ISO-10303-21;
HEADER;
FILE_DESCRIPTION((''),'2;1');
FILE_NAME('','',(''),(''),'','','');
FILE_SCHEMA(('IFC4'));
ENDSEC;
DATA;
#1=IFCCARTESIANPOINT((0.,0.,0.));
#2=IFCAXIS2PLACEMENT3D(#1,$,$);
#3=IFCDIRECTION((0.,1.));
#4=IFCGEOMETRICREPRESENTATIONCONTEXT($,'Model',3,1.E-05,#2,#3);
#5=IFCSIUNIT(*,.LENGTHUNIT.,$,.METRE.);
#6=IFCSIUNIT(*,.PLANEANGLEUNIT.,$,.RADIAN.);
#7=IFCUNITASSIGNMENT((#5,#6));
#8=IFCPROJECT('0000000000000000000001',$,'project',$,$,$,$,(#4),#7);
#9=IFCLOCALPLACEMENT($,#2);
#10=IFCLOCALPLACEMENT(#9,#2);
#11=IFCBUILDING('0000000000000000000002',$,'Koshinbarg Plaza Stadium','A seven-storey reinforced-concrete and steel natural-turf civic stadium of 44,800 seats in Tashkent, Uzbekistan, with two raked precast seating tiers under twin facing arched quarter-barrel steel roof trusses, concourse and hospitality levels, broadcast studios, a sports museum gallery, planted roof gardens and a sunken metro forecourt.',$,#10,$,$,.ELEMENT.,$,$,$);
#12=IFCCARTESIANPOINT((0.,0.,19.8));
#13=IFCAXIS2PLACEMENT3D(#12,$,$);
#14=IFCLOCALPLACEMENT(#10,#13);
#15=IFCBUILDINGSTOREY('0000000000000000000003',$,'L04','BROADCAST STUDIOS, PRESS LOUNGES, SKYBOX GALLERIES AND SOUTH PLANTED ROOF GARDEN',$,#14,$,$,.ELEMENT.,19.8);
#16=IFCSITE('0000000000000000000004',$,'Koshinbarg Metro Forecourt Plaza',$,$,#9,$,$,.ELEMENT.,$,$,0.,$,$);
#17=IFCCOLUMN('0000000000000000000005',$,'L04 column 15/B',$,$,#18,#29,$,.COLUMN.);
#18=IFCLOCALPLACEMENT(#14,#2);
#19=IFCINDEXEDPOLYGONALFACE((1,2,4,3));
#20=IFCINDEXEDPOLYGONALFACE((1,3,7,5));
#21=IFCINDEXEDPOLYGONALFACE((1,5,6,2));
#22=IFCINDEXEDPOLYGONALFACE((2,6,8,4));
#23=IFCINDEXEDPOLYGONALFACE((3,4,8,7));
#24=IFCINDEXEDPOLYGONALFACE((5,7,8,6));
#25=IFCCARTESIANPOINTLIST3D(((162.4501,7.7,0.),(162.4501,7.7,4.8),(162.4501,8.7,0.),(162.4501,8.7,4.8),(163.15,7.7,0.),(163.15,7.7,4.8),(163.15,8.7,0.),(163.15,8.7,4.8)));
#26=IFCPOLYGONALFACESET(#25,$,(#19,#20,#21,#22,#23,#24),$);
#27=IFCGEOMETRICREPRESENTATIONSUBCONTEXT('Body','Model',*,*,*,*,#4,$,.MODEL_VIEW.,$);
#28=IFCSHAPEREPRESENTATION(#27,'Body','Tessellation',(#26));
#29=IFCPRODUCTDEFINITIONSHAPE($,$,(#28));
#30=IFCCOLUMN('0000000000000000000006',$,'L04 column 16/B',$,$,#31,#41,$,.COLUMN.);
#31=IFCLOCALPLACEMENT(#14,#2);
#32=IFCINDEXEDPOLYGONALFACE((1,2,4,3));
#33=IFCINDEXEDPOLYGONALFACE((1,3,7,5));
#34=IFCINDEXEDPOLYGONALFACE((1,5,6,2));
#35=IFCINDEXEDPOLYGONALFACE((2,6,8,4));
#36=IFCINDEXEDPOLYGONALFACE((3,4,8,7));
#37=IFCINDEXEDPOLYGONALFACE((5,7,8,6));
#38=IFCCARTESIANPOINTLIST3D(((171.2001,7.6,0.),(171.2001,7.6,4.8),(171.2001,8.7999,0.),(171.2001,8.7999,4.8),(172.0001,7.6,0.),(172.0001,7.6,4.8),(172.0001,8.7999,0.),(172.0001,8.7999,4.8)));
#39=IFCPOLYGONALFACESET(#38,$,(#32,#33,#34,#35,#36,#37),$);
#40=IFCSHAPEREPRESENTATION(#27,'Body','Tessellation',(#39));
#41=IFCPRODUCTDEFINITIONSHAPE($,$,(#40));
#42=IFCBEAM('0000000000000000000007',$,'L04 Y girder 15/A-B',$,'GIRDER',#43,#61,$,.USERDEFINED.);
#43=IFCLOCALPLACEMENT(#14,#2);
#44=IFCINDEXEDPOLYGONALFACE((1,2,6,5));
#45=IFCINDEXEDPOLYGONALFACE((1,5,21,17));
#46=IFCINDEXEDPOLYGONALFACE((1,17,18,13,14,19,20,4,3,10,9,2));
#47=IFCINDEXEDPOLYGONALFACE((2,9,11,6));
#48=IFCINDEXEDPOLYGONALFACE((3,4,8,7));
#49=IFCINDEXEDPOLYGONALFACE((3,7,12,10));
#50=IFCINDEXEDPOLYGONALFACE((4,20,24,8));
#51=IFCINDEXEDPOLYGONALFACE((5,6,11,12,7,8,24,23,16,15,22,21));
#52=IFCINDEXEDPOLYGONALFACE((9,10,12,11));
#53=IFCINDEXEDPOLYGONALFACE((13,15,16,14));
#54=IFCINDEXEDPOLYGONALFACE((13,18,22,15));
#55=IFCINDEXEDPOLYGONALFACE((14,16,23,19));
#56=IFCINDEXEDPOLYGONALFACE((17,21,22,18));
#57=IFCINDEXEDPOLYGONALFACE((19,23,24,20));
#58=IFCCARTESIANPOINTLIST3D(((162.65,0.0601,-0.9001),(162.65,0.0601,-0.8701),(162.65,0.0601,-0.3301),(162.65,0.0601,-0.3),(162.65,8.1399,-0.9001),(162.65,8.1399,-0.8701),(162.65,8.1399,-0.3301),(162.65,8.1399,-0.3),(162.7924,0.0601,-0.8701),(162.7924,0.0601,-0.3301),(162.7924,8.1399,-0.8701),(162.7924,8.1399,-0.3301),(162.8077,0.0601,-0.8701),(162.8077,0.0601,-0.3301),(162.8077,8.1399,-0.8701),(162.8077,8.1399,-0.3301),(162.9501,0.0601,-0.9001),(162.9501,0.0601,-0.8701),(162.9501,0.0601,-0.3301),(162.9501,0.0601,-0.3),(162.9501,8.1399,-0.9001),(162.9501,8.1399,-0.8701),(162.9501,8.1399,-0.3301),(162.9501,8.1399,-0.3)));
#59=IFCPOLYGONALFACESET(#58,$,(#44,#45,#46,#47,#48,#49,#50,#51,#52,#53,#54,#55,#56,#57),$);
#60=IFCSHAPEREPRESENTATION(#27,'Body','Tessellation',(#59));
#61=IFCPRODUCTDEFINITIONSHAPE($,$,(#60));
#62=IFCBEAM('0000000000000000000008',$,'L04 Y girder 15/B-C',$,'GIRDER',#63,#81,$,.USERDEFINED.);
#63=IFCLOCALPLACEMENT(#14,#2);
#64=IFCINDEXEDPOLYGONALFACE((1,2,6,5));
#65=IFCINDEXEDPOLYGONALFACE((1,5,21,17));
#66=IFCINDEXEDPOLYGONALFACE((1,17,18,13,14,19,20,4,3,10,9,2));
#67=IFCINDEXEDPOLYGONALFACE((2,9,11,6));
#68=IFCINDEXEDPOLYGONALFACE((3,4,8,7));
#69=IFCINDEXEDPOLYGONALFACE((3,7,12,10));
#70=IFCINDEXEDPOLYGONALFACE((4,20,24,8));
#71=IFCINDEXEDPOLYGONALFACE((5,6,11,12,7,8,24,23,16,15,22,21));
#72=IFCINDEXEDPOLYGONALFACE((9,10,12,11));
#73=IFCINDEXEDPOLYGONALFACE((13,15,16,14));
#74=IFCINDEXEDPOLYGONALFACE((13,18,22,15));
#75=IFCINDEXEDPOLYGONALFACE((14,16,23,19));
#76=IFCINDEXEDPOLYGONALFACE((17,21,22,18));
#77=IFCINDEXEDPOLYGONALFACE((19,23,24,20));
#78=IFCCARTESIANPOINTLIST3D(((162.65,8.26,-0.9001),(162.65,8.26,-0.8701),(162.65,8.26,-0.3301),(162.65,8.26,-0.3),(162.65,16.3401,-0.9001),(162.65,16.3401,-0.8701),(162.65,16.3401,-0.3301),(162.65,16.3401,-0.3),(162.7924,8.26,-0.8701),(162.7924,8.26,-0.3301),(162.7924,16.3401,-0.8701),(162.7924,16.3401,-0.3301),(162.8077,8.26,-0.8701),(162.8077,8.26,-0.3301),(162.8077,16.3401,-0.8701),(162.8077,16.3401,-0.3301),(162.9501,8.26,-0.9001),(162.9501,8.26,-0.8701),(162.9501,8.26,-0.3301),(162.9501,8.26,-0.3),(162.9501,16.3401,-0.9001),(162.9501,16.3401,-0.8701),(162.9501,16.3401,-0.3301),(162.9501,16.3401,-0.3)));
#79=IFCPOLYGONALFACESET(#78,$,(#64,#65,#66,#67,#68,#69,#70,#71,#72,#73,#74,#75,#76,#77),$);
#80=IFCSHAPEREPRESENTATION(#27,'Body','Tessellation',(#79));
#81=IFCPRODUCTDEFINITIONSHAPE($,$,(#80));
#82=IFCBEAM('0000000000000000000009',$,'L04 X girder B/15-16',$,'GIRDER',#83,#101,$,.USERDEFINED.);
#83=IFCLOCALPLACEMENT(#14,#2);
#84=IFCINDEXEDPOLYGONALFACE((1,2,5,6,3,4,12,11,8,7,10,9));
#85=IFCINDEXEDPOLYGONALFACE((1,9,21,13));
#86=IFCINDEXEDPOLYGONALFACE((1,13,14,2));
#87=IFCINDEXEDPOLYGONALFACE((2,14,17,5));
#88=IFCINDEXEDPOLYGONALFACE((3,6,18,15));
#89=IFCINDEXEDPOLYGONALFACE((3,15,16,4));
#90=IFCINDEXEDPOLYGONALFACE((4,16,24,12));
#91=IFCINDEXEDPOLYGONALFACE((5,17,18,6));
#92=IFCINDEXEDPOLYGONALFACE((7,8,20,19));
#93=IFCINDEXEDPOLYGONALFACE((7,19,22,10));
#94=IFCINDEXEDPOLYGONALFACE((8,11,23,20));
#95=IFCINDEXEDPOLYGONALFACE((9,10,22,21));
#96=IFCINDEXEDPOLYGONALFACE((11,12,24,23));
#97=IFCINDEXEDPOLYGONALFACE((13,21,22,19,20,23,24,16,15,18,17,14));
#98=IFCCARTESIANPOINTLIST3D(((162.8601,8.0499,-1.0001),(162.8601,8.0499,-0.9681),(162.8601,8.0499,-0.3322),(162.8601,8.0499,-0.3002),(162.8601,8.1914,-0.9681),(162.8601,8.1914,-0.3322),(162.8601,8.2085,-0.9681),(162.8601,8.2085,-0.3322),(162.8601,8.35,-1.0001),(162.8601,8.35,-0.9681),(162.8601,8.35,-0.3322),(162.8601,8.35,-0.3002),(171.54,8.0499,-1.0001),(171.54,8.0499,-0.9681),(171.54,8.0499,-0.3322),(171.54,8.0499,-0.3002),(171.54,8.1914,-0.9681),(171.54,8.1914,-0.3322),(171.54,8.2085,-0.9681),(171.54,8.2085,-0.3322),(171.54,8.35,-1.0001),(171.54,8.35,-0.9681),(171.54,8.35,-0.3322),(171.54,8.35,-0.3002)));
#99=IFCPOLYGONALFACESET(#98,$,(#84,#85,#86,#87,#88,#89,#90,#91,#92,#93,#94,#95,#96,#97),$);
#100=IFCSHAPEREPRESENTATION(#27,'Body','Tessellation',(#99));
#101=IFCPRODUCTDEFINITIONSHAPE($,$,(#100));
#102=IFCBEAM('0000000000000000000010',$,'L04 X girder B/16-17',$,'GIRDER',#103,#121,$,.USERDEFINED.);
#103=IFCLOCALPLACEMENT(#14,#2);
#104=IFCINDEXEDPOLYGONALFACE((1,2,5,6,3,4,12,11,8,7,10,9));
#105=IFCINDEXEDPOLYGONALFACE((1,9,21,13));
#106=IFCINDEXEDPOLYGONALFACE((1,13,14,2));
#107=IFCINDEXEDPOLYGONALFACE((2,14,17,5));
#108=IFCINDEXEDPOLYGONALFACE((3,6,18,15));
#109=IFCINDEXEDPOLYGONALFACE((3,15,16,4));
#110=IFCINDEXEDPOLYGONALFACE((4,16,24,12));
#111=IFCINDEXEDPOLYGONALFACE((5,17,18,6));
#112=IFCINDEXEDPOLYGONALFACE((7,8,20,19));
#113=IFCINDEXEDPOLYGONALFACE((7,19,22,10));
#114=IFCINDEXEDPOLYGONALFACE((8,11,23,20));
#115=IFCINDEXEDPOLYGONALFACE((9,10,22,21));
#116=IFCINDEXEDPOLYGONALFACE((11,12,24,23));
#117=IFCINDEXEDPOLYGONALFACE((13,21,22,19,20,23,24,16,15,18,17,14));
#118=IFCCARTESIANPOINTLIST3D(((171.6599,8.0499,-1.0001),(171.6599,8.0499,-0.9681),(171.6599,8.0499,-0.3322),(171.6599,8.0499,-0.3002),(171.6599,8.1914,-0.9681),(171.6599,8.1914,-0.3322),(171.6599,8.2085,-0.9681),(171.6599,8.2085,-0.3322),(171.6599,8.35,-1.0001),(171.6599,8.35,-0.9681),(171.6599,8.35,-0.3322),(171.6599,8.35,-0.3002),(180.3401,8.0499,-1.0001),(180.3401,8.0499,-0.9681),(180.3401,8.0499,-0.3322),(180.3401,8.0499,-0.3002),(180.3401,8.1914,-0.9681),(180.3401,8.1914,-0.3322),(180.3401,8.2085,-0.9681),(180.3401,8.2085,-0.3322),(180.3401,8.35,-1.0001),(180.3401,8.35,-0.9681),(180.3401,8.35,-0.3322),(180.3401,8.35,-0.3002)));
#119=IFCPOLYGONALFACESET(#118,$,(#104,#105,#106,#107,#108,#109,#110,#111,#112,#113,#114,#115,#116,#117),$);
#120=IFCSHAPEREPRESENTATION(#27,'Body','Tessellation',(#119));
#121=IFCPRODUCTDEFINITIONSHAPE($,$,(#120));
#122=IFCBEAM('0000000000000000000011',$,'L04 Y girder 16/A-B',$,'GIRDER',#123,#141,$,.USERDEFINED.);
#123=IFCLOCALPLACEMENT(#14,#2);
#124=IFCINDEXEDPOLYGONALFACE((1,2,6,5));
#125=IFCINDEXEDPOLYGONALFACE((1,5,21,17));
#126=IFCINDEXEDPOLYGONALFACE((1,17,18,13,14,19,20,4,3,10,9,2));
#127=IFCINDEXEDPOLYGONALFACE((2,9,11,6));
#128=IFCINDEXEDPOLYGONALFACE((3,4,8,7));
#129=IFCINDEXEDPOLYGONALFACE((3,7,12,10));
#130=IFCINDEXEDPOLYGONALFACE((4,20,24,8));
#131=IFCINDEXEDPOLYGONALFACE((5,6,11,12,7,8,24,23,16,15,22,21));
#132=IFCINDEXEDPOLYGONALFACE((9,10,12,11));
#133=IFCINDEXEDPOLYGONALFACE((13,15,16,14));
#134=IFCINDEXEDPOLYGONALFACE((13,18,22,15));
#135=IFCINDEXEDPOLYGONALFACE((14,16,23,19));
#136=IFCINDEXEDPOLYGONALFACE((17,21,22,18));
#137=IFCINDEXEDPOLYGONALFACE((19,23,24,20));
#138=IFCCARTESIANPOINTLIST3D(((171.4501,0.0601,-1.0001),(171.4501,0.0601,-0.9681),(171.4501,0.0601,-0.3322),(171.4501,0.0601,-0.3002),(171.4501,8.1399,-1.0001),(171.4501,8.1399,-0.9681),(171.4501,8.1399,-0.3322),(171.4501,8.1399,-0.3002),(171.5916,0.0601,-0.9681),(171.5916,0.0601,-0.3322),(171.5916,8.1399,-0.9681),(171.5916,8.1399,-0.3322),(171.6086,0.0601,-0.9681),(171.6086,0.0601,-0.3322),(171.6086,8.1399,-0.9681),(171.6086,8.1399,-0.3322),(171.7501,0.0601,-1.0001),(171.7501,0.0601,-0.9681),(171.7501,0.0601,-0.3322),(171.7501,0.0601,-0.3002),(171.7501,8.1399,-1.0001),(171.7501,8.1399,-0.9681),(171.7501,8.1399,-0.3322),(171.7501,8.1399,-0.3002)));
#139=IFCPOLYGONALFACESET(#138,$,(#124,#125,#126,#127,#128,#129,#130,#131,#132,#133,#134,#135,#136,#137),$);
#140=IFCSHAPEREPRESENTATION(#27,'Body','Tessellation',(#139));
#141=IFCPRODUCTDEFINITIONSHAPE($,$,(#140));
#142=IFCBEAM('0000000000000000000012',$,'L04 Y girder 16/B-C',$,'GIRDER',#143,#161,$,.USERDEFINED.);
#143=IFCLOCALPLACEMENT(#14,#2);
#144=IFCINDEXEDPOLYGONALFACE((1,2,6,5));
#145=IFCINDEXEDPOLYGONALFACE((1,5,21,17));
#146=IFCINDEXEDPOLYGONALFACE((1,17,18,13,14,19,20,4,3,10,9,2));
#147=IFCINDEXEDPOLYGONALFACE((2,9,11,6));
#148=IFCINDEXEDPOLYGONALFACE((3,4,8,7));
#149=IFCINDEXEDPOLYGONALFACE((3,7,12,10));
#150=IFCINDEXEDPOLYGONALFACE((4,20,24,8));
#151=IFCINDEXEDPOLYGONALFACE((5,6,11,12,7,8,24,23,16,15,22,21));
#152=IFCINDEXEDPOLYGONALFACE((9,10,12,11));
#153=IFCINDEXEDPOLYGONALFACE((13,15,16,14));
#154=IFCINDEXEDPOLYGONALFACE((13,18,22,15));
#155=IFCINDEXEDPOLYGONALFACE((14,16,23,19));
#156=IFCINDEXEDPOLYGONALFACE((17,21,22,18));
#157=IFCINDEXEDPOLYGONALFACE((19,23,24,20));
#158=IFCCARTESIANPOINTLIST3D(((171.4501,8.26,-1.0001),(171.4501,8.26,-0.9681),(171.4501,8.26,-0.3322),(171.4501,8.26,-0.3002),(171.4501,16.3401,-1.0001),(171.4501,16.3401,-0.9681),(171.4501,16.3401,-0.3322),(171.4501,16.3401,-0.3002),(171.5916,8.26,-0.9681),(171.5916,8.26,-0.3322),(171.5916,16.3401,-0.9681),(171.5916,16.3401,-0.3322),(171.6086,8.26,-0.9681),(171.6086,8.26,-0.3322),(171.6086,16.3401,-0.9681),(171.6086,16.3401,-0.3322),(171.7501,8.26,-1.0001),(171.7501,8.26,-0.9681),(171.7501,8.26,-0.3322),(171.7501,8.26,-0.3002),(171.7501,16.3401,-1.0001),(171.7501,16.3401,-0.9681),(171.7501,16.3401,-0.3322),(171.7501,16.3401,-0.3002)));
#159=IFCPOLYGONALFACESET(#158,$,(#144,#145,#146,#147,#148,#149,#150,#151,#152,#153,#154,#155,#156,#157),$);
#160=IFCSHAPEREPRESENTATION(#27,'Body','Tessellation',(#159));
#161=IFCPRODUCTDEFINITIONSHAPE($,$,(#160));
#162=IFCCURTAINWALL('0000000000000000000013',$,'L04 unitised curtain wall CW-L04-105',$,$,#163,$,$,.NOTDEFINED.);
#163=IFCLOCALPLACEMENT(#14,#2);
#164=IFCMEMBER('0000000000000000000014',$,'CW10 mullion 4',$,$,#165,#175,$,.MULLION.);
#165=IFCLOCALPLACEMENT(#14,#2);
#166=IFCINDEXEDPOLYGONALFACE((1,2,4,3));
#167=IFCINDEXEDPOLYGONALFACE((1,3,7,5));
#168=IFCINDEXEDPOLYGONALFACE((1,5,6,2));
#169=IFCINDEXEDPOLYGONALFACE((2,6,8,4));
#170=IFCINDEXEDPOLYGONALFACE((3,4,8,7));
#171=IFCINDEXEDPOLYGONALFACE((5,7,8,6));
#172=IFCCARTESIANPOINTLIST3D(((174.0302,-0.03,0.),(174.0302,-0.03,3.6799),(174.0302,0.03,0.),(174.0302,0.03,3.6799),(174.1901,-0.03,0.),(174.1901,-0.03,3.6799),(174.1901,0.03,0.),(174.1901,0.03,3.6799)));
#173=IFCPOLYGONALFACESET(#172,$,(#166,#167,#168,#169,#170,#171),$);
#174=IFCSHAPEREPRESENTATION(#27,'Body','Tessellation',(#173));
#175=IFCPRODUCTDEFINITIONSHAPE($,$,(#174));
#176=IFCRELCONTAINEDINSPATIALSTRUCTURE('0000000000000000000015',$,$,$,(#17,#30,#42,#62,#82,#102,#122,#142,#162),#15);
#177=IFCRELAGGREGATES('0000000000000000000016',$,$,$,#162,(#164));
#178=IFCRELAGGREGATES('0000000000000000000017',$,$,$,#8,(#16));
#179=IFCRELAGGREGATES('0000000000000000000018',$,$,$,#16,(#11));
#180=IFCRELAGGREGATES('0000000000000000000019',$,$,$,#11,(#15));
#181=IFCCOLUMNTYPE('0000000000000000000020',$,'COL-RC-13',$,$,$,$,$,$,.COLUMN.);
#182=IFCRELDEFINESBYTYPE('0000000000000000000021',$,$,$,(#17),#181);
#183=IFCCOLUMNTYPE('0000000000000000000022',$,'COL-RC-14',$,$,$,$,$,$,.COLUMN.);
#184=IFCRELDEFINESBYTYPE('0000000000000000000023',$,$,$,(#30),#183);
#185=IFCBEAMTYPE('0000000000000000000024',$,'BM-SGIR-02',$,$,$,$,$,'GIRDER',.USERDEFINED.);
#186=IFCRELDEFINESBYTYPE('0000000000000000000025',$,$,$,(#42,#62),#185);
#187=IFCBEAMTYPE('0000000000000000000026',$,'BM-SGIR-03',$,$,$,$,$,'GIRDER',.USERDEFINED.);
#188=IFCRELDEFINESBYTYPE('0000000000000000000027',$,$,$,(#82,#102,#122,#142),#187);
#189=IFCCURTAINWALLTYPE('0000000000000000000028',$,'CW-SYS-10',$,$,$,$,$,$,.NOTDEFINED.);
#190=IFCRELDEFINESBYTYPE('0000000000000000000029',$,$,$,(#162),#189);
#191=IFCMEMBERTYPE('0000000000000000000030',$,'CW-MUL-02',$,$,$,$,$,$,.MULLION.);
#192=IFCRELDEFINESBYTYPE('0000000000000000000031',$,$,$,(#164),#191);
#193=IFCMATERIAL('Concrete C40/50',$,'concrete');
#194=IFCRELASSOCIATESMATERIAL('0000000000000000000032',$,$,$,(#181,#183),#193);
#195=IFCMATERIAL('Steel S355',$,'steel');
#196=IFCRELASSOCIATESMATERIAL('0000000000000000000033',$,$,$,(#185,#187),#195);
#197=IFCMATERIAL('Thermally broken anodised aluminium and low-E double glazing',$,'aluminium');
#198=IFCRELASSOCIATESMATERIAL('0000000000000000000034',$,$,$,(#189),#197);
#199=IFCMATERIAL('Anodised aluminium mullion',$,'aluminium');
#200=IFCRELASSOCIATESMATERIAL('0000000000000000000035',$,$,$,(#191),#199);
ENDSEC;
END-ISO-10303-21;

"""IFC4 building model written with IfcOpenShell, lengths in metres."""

from ifc_helpers import new_model, si_unit, direction, frame, origin, origin_2d, place, context, subcontext, project, spatial, rectangle, i_section, extrude, material, material_profile, profile_set, type_object, element, aggregate, save


model = new_model("IFC4")

# Units and contexts
model_context = context("Model", 3, precision=1e-05, world=origin(), true_north=direction((0.0, 1.0)))
body_context = subcontext(model_context, "Body", "Model", "MODEL_VIEW")
ifc_project = project(units=[si_unit("LENGTHUNIT", "METRE"), si_unit("PLANEANGLEUNIT", "RADIAN")], contexts=[model_context])

# Site, building, storey
site_placement = place(None, origin())
site = spatial("IfcSite", under=ifc_project, at=site_placement, Name="Koshinbarg Metro Forecourt Plaza", CompositionType="ELEMENT", RefElevation=0.0)
building_placement = place(site_placement, origin())
building = spatial("IfcBuilding", under=site, at=building_placement, Name="Koshinbarg Plaza Stadium", Description="A seven-storey reinforced-concrete and steel natural-turf civic stadium of 44,800 seats in Tashkent, Uzbekistan, with two raked precast seating tiers under twin facing arched quarter-barrel steel roof trusses, concourse and hospitality levels, broadcast studios, a sports museum gallery, planted roof gardens and a sunken metro forecourt.", CompositionType="ELEMENT")
storey_placement = place(building_placement, frame((0.0, 0.0, 19.8)))
storey = spatial("IfcBuildingStorey", under=building, at=storey_placement, Name="L04", Description="BROADCAST STUDIOS, PRESS LOUNGES, SKYBOX GALLERIES AND SOUTH PLANTED ROOF GARDEN", CompositionType="ELEMENT", Elevation=19.8)

# Columns
ifc_material_1 = material(Name="Concrete C40/50", Category="concrete")
ifc_material_profile_1 = material_profile(ifc_material_1, rectangle(XDim=0.7, YDim=1.0, at=origin_2d()), Name="RC 700x1000")
ifc_profile_set_1 = profile_set([ifc_material_profile_1], Name="Concrete C40/50")
column_type_1 = type_object("IfcColumnType", Name="COL-RC-13", PredefinedType="COLUMN", material=ifc_profile_set_1)
column_1_placement = place(storey_placement, frame((162.8, 8.2, 0.0), z_axis=(0.0, 0.0, 1.0), x_axis=(1.0, 0.0, 0.0)))
element("IfcColumn", 1, at=column_1_placement, inside=storey, type_object=column_type_1, Name="L04 column 15/B", PredefinedType="COLUMN", context=body_context, shape_type="SweptSolid", body=[
    extrude(rectangle(XDim=0.7, YDim=1.0, at=origin_2d()), origin(), (0.0, 0.0, 1.0), 4.8),
])
ifc_material_profile_2 = material_profile(ifc_material_1, rectangle(XDim=0.8, YDim=1.2, at=origin_2d()), Name="RC 800x1200")
ifc_profile_set_2 = profile_set([ifc_material_profile_2], Name="Concrete C40/50")
column_type_2 = type_object("IfcColumnType", Name="COL-RC-14", PredefinedType="COLUMN", material=ifc_profile_set_2)
column_2_placement = place(storey_placement, frame((171.6001, 8.2, 0.0), z_axis=(0.0, 0.0, 1.0), x_axis=(1.0, 0.0, 0.0)))
element("IfcColumn", 2, at=column_2_placement, inside=storey, type_object=column_type_2, Name="L04 column 16/B", PredefinedType="COLUMN", context=body_context, shape_type="SweptSolid", body=[
    extrude(rectangle(XDim=0.8, YDim=1.2, at=origin_2d()), origin(), (0.0, 0.0, 1.0), 4.8),
])

# Beams
ifc_material_2 = material(Name="Steel S355", Category="steel")
ifc_material_profile_3 = material_profile(ifc_material_2, i_section(OverallWidth=0.3, OverallDepth=0.6001, WebThickness=0.0154, FlangeThickness=0.03, at=origin_2d()), Name="HEB 600")
ifc_profile_set_3 = profile_set([ifc_material_profile_3], Name="Steel S355")
beam_type_1 = type_object("IfcBeamType", Name="BM-SGIR-02", ElementType="GIRDER", PredefinedType="USERDEFINED", material=ifc_profile_set_3)
beam_1_placement = place(storey_placement, frame((162.8, 0.0601, -0.6001), z_axis=(0.0, 1.0, 0.0), x_axis=(-1.0, 0.0, 0.0)))
element("IfcBeam", 3, at=beam_1_placement, inside=storey, type_object=beam_type_1, Name="L04 Y girder 15/A-B", ObjectType="GIRDER", PredefinedType="USERDEFINED", context=body_context, shape_type="SweptSolid", body=[
    extrude(i_section(OverallWidth=0.3, OverallDepth=0.6001, WebThickness=0.0154, FlangeThickness=0.03, at=origin_2d()), origin(), (0.0, 0.0, 1.0), 8.0798),
])
beam_2_placement = place(storey_placement, frame((162.8, 8.26, -0.6001), z_axis=(0.0, 1.0, 0.0), x_axis=(-1.0, 0.0, 0.0)))
element("IfcBeam", 4, at=beam_2_placement, inside=storey, type_object=beam_type_1, Name="L04 Y girder 15/B-C", ObjectType="GIRDER", PredefinedType="USERDEFINED", context=body_context, shape_type="SweptSolid", body=[
    extrude(i_section(OverallWidth=0.3, OverallDepth=0.6001, WebThickness=0.0154, FlangeThickness=0.03, at=origin_2d()), origin(), (0.0, 0.0, 1.0), 8.0801),
])
ifc_material_profile_4 = material_profile(ifc_material_2, i_section(OverallWidth=0.3, OverallDepth=0.7, WebThickness=0.0171, FlangeThickness=0.032, at=origin_2d()), Name="HEB 700")
ifc_profile_set_4 = profile_set([ifc_material_profile_4], Name="Steel S355")
beam_type_2 = type_object("IfcBeamType", Name="BM-SGIR-03", ElementType="GIRDER", PredefinedType="USERDEFINED", material=ifc_profile_set_4)
beam_3_placement = place(storey_placement, frame((162.8601, 8.2, -0.6501), z_axis=(1.0, 0.0, 0.0), x_axis=(0.0, 1.0, 0.0)))
element("IfcBeam", 5, at=beam_3_placement, inside=storey, type_object=beam_type_2, Name="L04 X girder B/15-16", ObjectType="GIRDER", PredefinedType="USERDEFINED", context=body_context, shape_type="SweptSolid", body=[
    extrude(i_section(OverallWidth=0.3, OverallDepth=0.7, WebThickness=0.0171, FlangeThickness=0.032, at=origin_2d()), origin(), (0.0, 0.0, 1.0), 8.6799),
])
beam_4_placement = place(storey_placement, frame((171.6599, 8.2, -0.6501), z_axis=(1.0, 0.0, 0.0), x_axis=(0.0, 1.0, 0.0)))
element("IfcBeam", 6, at=beam_4_placement, inside=storey, type_object=beam_type_2, Name="L04 X girder B/16-17", ObjectType="GIRDER", PredefinedType="USERDEFINED", context=body_context, shape_type="SweptSolid", body=[
    extrude(i_section(OverallWidth=0.3, OverallDepth=0.7, WebThickness=0.0171, FlangeThickness=0.032, at=origin_2d()), origin(), (0.0, 0.0, 1.0), 8.6802),
])
beam_5_placement = place(storey_placement, frame((171.6001, 0.0601, -0.6501), z_axis=(0.0, 1.0, 0.0), x_axis=(-1.0, 0.0, 0.0)))
element("IfcBeam", 7, at=beam_5_placement, inside=storey, type_object=beam_type_2, Name="L04 Y girder 16/A-B", ObjectType="GIRDER", PredefinedType="USERDEFINED", context=body_context, shape_type="SweptSolid", body=[
    extrude(i_section(OverallWidth=0.3, OverallDepth=0.7, WebThickness=0.0171, FlangeThickness=0.032, at=origin_2d()), origin(), (0.0, 0.0, 1.0), 8.0798),
])
beam_6_placement = place(storey_placement, frame((171.6001, 8.26, -0.6501), z_axis=(0.0, 1.0, 0.0), x_axis=(-1.0, 0.0, 0.0)))
element("IfcBeam", 8, at=beam_6_placement, inside=storey, type_object=beam_type_2, Name="L04 Y girder 16/B-C", ObjectType="GIRDER", PredefinedType="USERDEFINED", context=body_context, shape_type="SweptSolid", body=[
    extrude(i_section(OverallWidth=0.3, OverallDepth=0.7, WebThickness=0.0171, FlangeThickness=0.032, at=origin_2d()), origin(), (0.0, 0.0, 1.0), 8.0801),
])

# Curtain wall, member
ifc_material_3 = material(Name="Thermally broken anodised aluminium and low-E double glazing", Category="aluminium")
curtain_wall_type = type_object("IfcCurtainWallType", Name="CW-SYS-10", PredefinedType="NOTDEFINED", material=ifc_material_3)
curtain_wall_placement = place(storey_placement, origin())
curtain_wall = element("IfcCurtainWall", 9, at=curtain_wall_placement, inside=storey, type_object=curtain_wall_type, Name="L04 unitised curtain wall CW-L04-105", PredefinedType="NOTDEFINED")
ifc_material_4 = material(Name="Anodised aluminium mullion", Category="aluminium")
ifc_material_profile_5 = material_profile(ifc_material_4, rectangle(XDim=0.0601, YDim=0.1599, at=origin_2d()), Name="ALU 60x160")
ifc_profile_set_5 = profile_set([ifc_material_profile_5], Name="Anodised aluminium mullion")
member_type_1 = type_object("IfcMemberType", Name="CW-MUL-02", PredefinedType="MULLION", material=ifc_profile_set_5)
member_1_placement = place(storey_placement, frame((174.1101, 0.0, 0.0), z_axis=(0.0, 0.0, 1.0), x_axis=(0.0, -1.0, 0.0)))
member_1 = element("IfcMember", 10, at=member_1_placement, type_object=member_type_1, Name="CW10 mullion 4", PredefinedType="MULLION", context=body_context, shape_type="SweptSolid", body=[
    extrude(rectangle(XDim=0.0601, YDim=0.1599, at=origin_2d()), origin(), (0.0, 0.0, 1.0), 3.6799),
])
aggregate(curtain_wall, [member_1])

save(model, "model.ifc")
